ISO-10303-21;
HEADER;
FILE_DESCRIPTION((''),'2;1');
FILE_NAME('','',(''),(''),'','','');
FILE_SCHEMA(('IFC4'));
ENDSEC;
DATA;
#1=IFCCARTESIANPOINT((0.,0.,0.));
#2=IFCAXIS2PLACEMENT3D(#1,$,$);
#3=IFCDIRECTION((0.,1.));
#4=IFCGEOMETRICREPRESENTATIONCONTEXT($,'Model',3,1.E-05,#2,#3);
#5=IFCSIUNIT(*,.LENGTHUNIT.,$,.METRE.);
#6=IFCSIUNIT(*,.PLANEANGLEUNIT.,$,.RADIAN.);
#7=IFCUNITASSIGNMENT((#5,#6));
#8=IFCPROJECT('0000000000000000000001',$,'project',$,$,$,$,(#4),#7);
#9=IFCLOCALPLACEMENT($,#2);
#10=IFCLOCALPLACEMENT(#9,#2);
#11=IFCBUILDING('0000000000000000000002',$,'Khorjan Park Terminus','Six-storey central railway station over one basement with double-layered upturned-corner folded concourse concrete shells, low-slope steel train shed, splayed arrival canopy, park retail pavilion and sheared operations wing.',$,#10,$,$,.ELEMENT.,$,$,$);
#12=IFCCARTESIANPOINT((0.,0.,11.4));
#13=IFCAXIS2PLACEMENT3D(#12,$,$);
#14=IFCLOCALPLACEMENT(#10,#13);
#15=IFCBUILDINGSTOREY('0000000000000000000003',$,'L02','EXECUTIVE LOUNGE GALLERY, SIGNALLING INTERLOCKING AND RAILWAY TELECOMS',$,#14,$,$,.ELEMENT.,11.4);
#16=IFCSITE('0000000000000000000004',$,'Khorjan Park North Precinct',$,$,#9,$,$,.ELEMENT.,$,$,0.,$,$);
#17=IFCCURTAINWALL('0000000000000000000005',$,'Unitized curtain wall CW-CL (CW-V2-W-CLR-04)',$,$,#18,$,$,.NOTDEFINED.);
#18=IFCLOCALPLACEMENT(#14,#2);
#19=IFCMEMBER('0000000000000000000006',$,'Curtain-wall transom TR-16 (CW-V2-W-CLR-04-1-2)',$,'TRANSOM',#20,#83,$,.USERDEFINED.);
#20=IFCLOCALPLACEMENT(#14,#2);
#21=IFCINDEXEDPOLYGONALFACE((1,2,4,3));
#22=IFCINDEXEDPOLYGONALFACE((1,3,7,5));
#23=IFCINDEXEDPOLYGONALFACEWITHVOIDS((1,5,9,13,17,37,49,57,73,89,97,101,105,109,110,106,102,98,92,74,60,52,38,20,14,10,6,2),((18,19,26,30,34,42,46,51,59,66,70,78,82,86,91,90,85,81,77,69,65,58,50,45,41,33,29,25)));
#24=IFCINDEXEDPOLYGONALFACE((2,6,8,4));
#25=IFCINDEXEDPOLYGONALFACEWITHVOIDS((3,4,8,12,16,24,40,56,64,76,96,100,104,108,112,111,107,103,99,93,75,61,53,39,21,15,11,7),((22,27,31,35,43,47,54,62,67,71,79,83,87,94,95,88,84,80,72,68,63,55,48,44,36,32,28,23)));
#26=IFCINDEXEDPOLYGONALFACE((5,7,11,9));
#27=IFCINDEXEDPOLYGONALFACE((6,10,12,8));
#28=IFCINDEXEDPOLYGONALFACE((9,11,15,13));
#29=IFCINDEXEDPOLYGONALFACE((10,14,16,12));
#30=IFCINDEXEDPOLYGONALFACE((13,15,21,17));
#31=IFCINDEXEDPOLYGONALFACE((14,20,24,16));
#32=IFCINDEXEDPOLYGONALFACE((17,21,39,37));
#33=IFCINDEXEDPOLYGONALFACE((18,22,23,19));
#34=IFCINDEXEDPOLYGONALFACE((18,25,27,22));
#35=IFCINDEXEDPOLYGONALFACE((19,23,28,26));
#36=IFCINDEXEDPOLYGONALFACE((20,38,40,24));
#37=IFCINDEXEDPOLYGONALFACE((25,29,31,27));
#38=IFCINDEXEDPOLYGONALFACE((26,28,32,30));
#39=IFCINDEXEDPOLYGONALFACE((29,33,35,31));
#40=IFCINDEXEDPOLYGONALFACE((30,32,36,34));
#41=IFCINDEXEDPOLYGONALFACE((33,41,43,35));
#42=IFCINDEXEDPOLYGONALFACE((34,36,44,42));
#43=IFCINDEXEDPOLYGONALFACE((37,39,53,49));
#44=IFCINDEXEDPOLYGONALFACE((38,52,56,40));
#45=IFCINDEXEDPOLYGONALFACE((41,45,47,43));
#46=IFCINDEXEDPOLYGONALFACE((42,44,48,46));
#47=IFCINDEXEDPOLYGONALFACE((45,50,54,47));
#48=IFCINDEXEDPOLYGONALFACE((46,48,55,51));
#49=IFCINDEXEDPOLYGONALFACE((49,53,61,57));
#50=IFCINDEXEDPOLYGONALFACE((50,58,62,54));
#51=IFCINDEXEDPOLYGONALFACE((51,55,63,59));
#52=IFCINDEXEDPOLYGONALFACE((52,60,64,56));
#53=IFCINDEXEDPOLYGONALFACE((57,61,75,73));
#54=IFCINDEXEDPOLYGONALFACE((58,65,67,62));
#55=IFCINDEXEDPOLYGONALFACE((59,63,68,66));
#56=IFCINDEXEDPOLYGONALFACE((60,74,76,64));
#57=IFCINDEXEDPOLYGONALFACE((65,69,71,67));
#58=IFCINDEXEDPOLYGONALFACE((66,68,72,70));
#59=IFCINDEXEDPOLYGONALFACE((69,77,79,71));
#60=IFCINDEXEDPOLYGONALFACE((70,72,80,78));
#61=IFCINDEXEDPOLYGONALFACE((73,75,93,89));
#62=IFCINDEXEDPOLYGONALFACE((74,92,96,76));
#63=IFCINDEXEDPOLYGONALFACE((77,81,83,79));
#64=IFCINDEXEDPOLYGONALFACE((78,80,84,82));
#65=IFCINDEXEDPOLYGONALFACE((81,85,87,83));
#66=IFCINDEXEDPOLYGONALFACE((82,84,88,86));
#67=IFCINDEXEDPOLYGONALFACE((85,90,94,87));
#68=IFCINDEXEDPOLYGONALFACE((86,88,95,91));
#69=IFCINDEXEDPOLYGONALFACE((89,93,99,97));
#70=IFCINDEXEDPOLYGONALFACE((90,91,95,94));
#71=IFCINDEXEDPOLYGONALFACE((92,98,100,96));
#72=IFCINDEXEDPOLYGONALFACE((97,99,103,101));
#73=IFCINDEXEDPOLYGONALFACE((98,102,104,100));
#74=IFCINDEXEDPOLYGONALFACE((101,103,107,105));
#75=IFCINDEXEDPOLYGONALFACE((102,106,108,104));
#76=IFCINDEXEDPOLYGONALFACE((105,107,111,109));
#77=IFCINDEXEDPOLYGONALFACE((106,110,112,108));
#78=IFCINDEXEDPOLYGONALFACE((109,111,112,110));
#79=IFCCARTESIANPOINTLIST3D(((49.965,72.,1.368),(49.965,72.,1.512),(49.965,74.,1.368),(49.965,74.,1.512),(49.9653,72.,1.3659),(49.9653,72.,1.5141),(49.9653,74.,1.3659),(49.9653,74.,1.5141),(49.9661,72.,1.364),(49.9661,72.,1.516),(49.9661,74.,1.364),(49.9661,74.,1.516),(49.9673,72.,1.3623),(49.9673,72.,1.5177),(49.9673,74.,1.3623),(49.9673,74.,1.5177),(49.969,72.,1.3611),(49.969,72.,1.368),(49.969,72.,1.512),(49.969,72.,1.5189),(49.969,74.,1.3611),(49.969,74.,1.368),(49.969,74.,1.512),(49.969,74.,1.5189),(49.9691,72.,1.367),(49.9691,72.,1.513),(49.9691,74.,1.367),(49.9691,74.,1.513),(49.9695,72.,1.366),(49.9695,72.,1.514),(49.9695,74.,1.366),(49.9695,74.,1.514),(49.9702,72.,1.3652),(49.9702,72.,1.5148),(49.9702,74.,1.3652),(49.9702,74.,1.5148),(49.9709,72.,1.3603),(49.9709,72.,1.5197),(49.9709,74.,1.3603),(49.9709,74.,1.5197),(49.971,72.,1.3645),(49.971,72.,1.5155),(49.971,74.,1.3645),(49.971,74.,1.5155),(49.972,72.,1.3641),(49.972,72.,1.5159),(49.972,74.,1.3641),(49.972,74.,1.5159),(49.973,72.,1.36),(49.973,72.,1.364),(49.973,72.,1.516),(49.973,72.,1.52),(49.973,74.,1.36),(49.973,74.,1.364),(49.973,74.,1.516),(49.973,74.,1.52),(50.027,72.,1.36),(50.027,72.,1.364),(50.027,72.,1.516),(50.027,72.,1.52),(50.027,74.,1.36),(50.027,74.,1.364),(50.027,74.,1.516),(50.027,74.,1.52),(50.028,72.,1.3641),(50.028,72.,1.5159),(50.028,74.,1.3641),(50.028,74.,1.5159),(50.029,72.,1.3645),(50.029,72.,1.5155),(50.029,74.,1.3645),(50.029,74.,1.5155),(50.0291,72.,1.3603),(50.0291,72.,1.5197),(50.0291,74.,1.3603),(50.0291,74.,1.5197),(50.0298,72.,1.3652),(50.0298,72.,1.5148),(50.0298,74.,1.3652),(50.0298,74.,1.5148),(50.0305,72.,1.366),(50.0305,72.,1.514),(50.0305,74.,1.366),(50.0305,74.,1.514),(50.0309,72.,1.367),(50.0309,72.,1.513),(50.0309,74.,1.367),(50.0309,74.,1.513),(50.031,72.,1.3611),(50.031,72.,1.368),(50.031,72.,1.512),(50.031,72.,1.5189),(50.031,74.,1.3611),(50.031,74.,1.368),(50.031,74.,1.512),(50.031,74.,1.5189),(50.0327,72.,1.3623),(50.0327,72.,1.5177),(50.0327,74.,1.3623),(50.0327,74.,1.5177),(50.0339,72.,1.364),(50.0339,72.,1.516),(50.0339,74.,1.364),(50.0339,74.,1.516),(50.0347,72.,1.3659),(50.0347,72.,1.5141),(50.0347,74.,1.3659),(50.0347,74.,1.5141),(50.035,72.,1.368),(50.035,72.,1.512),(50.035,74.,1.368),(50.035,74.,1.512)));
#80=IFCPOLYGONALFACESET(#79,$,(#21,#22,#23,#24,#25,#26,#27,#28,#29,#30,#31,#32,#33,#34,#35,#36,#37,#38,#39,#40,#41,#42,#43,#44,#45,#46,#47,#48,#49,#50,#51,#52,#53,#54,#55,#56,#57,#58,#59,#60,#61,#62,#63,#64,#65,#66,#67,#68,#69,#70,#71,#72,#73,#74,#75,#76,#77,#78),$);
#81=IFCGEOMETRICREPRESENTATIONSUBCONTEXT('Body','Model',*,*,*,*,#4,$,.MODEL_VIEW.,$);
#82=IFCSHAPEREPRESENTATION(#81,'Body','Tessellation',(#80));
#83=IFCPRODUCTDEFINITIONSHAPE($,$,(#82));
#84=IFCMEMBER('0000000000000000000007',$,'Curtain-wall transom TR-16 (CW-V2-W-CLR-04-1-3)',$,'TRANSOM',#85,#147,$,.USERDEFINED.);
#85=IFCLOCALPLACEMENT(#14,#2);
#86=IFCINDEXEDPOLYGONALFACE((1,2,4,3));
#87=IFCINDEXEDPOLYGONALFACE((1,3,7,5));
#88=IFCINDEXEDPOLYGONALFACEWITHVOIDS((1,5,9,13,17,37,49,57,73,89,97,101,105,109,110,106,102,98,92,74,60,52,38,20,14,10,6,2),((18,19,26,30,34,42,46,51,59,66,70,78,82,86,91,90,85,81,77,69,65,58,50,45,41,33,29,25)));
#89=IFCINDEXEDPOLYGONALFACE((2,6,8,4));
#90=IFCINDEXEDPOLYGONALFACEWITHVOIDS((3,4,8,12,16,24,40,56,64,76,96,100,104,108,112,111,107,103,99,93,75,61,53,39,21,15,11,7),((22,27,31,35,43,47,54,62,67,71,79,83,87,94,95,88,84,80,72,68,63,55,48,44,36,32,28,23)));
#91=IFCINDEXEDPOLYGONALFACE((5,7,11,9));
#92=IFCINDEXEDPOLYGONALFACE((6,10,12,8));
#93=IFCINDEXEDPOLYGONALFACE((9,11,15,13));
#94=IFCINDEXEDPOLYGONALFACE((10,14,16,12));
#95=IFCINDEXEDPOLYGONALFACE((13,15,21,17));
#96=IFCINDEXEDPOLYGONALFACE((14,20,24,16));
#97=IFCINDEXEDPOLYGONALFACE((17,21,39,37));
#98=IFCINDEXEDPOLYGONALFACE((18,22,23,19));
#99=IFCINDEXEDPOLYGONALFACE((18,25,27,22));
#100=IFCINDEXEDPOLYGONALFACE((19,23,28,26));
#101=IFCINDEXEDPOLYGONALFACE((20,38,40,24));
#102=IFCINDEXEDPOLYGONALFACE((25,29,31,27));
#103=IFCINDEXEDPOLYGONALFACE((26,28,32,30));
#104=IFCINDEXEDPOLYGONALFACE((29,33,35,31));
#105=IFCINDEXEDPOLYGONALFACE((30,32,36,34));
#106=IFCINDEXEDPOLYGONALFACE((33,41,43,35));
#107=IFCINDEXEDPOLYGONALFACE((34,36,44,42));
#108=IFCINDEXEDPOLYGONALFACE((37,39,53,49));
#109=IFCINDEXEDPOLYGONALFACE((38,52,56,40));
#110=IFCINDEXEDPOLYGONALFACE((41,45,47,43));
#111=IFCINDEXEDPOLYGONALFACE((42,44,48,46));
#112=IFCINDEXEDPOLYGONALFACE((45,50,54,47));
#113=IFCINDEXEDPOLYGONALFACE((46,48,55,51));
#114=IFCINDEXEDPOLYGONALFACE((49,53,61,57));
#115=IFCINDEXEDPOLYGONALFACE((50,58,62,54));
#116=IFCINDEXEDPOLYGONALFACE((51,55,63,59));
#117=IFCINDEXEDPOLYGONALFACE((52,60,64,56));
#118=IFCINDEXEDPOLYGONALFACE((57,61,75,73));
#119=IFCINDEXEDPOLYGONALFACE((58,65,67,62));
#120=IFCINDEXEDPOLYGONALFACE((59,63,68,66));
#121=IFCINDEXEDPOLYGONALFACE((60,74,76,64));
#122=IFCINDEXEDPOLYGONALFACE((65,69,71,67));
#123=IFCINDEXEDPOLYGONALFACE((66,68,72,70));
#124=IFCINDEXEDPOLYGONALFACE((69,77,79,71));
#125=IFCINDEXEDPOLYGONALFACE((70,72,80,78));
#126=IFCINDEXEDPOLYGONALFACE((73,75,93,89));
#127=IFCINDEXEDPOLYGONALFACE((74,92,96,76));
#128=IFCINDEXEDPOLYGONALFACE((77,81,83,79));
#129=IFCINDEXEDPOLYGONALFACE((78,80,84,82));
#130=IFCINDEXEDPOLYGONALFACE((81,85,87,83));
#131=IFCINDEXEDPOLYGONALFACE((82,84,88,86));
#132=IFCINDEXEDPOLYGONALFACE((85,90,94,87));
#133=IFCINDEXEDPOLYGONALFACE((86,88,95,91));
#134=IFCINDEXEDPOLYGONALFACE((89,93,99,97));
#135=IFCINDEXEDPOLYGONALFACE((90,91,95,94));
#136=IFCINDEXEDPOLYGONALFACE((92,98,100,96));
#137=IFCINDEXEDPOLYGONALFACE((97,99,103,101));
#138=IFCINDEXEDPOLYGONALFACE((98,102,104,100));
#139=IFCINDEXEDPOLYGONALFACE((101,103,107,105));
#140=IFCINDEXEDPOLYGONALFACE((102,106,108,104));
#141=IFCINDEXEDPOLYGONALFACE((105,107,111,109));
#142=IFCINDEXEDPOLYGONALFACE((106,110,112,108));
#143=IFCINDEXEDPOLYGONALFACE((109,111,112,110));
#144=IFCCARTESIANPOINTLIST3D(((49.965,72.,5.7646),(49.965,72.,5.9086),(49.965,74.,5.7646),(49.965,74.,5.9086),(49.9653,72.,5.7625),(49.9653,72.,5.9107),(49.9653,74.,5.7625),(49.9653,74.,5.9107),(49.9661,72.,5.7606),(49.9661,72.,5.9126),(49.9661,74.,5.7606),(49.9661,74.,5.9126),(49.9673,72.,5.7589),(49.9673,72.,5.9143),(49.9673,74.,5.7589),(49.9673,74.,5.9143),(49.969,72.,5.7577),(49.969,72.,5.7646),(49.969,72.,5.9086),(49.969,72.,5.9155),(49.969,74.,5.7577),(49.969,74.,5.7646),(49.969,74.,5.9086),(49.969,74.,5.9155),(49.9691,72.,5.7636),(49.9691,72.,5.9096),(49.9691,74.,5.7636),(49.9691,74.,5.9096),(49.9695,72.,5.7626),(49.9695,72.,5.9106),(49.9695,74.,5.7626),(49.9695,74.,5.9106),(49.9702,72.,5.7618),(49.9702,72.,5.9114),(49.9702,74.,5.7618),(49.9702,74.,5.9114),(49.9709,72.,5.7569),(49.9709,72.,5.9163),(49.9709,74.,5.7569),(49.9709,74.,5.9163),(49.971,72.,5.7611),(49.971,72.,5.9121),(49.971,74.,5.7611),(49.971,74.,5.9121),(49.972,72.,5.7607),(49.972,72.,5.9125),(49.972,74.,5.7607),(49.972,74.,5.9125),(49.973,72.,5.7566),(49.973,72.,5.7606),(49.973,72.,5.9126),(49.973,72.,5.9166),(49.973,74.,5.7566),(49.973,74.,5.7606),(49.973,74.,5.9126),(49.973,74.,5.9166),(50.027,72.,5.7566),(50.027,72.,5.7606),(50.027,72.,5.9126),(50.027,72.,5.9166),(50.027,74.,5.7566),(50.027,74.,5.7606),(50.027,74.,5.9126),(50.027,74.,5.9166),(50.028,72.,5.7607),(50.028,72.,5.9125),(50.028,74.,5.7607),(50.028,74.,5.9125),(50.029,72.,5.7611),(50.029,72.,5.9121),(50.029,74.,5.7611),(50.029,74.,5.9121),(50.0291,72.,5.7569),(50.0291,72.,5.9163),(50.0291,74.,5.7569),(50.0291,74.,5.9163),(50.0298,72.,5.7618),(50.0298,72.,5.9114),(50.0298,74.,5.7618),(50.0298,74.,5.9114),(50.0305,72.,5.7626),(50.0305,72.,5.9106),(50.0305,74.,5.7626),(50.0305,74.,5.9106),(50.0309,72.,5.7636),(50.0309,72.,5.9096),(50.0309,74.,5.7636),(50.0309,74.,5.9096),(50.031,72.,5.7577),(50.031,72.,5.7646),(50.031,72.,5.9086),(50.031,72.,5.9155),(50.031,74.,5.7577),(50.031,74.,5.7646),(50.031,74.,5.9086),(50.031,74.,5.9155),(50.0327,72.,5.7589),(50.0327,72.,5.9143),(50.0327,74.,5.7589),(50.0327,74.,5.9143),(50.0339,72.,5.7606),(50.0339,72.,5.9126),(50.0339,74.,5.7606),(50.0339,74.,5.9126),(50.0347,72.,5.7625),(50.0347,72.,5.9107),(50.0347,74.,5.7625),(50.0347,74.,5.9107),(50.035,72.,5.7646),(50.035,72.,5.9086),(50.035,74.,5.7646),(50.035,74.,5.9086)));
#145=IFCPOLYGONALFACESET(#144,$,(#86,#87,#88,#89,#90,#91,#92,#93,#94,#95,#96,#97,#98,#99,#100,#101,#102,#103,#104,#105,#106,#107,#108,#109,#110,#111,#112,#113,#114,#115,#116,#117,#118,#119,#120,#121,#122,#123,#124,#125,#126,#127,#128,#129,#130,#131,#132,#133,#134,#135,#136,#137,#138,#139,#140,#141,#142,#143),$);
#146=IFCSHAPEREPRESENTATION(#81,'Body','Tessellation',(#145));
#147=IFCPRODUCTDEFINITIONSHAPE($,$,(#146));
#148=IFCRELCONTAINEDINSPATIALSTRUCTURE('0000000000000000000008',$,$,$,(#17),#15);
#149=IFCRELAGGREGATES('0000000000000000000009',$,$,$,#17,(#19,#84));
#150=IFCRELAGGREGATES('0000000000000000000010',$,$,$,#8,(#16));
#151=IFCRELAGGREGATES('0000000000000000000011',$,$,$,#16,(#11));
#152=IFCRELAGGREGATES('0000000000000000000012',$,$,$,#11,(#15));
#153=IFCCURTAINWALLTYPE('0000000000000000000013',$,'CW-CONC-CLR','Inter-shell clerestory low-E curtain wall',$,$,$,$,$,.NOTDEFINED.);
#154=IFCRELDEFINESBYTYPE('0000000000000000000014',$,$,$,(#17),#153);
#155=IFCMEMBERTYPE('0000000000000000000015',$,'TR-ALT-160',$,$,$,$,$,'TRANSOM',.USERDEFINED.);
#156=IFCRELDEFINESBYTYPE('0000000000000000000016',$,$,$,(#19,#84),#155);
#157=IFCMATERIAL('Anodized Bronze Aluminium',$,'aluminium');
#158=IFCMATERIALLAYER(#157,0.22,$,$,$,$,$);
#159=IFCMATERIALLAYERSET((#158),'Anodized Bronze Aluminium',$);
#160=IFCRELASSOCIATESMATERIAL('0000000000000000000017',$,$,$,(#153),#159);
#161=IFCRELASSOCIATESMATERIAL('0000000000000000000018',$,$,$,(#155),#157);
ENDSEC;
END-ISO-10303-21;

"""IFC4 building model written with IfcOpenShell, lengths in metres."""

from ifc_helpers import new_model, si_unit, direction, frame, origin, origin_2d, place, context, subcontext, project, spatial, hollow_rectangle, extrude, material, layer, layer_set, material_profile, profile_set, type_object, element, aggregate, save


model = new_model("IFC4")

# Units and contexts
model_context = context("Model", 3, precision=1e-05, world=origin(), true_north=direction((0.0, 1.0)))
body_context = subcontext(model_context, "Body", "Model", "MODEL_VIEW")
ifc_project = project(units=[si_unit("LENGTHUNIT", "METRE"), si_unit("PLANEANGLEUNIT", "RADIAN")], contexts=[model_context])

# Site, building, storey
site_placement = place(None, origin())
site = spatial("IfcSite", under=ifc_project, at=site_placement, Name="Khorjan Park North Precinct", CompositionType="ELEMENT", RefElevation=0.0)
building_placement = place(site_placement, origin())
building = spatial("IfcBuilding", under=site, at=building_placement, Name="Khorjan Park Terminus", Description="Six-storey central railway station over one basement with double-layered upturned-corner folded concourse concrete shells, low-slope steel train shed, splayed arrival canopy, park retail pavilion and sheared operations wing.", CompositionType="ELEMENT")
storey_placement = place(building_placement, frame((0.0, 0.0, 11.4)))
storey = spatial("IfcBuildingStorey", under=building, at=storey_placement, Name="L02", Description="EXECUTIVE LOUNGE GALLERY, SIGNALLING INTERLOCKING AND RAILWAY TELECOMS", CompositionType="ELEMENT", Elevation=11.4)

# Curtain wall, members
ifc_material_1 = material(Name="Anodized Bronze Aluminium", Category="aluminium")
ifc_layer_1 = layer(ifc_material_1, 0.22)
ifc_layer_set_1 = layer_set([ifc_layer_1], Name="Anodized Bronze Aluminium")
curtain_wall_type = type_object("IfcCurtainWallType", Name="CW-CONC-CLR", Description="Inter-shell clerestory low-E curtain wall", PredefinedType="NOTDEFINED", material=ifc_layer_set_1)
curtain_wall_1_placement = place(storey_placement, origin())
curtain_wall_1 = element("IfcCurtainWall", 1, at=curtain_wall_1_placement, inside=storey, type_object=curtain_wall_type, Name="Unitized curtain wall CW-CL (CW-V2-W-CLR-04)", PredefinedType="NOTDEFINED")
ifc_material_profile_1 = material_profile(ifc_material_1, hollow_rectangle(XDim=0.07, YDim=0.16, WallThickness=0.004, InnerFilletRadius=0.004, OuterFilletRadius=0.008, at=origin_2d()), Name="ALT 70x160x4")
ifc_profile_set_1 = profile_set([ifc_material_profile_1], Name="Anodized Bronze Aluminium")
member_type_1 = type_object("IfcMemberType", Name="TR-ALT-160", ElementType="TRANSOM", PredefinedType="USERDEFINED", material=ifc_profile_set_1)
member_1_placement = place(storey_placement, frame((50.0, 74.0, 1.44), z_axis=(0.0, -1.0, 0.0), x_axis=(1.0, 0.0, 0.0)))
member_1 = element("IfcMember", 2, at=member_1_placement, type_object=member_type_1, Name="Curtain-wall transom TR-16 (CW-V2-W-CLR-04-1-2)", ObjectType="TRANSOM", PredefinedType="USERDEFINED", context=body_context, shape_type="SweptSolid", body=[
    extrude(hollow_rectangle(XDim=0.07, YDim=0.16, WallThickness=0.004, InnerFilletRadius=0.004, OuterFilletRadius=0.008, at=origin_2d()), origin(), (0.0, 0.0, 1.0), 2.0),
])
member_2_placement = place(storey_placement, frame((50.0, 74.0, 5.8366), z_axis=(0.0, -1.0, 0.0), x_axis=(1.0, 0.0, 0.0)))
member_2 = element("IfcMember", 3, at=member_2_placement, type_object=member_type_1, Name="Curtain-wall transom TR-16 (CW-V2-W-CLR-04-1-3)", ObjectType="TRANSOM", PredefinedType="USERDEFINED", context=body_context, shape_type="SweptSolid", body=[
    extrude(hollow_rectangle(XDim=0.07, YDim=0.16, WallThickness=0.004, InnerFilletRadius=0.004, OuterFilletRadius=0.008, at=origin_2d()), origin(), (0.0, 0.0, 1.0), 2.0),
])

aggregate(curtain_wall_1, [member_1, member_2])

save(model, "model.ifc")
